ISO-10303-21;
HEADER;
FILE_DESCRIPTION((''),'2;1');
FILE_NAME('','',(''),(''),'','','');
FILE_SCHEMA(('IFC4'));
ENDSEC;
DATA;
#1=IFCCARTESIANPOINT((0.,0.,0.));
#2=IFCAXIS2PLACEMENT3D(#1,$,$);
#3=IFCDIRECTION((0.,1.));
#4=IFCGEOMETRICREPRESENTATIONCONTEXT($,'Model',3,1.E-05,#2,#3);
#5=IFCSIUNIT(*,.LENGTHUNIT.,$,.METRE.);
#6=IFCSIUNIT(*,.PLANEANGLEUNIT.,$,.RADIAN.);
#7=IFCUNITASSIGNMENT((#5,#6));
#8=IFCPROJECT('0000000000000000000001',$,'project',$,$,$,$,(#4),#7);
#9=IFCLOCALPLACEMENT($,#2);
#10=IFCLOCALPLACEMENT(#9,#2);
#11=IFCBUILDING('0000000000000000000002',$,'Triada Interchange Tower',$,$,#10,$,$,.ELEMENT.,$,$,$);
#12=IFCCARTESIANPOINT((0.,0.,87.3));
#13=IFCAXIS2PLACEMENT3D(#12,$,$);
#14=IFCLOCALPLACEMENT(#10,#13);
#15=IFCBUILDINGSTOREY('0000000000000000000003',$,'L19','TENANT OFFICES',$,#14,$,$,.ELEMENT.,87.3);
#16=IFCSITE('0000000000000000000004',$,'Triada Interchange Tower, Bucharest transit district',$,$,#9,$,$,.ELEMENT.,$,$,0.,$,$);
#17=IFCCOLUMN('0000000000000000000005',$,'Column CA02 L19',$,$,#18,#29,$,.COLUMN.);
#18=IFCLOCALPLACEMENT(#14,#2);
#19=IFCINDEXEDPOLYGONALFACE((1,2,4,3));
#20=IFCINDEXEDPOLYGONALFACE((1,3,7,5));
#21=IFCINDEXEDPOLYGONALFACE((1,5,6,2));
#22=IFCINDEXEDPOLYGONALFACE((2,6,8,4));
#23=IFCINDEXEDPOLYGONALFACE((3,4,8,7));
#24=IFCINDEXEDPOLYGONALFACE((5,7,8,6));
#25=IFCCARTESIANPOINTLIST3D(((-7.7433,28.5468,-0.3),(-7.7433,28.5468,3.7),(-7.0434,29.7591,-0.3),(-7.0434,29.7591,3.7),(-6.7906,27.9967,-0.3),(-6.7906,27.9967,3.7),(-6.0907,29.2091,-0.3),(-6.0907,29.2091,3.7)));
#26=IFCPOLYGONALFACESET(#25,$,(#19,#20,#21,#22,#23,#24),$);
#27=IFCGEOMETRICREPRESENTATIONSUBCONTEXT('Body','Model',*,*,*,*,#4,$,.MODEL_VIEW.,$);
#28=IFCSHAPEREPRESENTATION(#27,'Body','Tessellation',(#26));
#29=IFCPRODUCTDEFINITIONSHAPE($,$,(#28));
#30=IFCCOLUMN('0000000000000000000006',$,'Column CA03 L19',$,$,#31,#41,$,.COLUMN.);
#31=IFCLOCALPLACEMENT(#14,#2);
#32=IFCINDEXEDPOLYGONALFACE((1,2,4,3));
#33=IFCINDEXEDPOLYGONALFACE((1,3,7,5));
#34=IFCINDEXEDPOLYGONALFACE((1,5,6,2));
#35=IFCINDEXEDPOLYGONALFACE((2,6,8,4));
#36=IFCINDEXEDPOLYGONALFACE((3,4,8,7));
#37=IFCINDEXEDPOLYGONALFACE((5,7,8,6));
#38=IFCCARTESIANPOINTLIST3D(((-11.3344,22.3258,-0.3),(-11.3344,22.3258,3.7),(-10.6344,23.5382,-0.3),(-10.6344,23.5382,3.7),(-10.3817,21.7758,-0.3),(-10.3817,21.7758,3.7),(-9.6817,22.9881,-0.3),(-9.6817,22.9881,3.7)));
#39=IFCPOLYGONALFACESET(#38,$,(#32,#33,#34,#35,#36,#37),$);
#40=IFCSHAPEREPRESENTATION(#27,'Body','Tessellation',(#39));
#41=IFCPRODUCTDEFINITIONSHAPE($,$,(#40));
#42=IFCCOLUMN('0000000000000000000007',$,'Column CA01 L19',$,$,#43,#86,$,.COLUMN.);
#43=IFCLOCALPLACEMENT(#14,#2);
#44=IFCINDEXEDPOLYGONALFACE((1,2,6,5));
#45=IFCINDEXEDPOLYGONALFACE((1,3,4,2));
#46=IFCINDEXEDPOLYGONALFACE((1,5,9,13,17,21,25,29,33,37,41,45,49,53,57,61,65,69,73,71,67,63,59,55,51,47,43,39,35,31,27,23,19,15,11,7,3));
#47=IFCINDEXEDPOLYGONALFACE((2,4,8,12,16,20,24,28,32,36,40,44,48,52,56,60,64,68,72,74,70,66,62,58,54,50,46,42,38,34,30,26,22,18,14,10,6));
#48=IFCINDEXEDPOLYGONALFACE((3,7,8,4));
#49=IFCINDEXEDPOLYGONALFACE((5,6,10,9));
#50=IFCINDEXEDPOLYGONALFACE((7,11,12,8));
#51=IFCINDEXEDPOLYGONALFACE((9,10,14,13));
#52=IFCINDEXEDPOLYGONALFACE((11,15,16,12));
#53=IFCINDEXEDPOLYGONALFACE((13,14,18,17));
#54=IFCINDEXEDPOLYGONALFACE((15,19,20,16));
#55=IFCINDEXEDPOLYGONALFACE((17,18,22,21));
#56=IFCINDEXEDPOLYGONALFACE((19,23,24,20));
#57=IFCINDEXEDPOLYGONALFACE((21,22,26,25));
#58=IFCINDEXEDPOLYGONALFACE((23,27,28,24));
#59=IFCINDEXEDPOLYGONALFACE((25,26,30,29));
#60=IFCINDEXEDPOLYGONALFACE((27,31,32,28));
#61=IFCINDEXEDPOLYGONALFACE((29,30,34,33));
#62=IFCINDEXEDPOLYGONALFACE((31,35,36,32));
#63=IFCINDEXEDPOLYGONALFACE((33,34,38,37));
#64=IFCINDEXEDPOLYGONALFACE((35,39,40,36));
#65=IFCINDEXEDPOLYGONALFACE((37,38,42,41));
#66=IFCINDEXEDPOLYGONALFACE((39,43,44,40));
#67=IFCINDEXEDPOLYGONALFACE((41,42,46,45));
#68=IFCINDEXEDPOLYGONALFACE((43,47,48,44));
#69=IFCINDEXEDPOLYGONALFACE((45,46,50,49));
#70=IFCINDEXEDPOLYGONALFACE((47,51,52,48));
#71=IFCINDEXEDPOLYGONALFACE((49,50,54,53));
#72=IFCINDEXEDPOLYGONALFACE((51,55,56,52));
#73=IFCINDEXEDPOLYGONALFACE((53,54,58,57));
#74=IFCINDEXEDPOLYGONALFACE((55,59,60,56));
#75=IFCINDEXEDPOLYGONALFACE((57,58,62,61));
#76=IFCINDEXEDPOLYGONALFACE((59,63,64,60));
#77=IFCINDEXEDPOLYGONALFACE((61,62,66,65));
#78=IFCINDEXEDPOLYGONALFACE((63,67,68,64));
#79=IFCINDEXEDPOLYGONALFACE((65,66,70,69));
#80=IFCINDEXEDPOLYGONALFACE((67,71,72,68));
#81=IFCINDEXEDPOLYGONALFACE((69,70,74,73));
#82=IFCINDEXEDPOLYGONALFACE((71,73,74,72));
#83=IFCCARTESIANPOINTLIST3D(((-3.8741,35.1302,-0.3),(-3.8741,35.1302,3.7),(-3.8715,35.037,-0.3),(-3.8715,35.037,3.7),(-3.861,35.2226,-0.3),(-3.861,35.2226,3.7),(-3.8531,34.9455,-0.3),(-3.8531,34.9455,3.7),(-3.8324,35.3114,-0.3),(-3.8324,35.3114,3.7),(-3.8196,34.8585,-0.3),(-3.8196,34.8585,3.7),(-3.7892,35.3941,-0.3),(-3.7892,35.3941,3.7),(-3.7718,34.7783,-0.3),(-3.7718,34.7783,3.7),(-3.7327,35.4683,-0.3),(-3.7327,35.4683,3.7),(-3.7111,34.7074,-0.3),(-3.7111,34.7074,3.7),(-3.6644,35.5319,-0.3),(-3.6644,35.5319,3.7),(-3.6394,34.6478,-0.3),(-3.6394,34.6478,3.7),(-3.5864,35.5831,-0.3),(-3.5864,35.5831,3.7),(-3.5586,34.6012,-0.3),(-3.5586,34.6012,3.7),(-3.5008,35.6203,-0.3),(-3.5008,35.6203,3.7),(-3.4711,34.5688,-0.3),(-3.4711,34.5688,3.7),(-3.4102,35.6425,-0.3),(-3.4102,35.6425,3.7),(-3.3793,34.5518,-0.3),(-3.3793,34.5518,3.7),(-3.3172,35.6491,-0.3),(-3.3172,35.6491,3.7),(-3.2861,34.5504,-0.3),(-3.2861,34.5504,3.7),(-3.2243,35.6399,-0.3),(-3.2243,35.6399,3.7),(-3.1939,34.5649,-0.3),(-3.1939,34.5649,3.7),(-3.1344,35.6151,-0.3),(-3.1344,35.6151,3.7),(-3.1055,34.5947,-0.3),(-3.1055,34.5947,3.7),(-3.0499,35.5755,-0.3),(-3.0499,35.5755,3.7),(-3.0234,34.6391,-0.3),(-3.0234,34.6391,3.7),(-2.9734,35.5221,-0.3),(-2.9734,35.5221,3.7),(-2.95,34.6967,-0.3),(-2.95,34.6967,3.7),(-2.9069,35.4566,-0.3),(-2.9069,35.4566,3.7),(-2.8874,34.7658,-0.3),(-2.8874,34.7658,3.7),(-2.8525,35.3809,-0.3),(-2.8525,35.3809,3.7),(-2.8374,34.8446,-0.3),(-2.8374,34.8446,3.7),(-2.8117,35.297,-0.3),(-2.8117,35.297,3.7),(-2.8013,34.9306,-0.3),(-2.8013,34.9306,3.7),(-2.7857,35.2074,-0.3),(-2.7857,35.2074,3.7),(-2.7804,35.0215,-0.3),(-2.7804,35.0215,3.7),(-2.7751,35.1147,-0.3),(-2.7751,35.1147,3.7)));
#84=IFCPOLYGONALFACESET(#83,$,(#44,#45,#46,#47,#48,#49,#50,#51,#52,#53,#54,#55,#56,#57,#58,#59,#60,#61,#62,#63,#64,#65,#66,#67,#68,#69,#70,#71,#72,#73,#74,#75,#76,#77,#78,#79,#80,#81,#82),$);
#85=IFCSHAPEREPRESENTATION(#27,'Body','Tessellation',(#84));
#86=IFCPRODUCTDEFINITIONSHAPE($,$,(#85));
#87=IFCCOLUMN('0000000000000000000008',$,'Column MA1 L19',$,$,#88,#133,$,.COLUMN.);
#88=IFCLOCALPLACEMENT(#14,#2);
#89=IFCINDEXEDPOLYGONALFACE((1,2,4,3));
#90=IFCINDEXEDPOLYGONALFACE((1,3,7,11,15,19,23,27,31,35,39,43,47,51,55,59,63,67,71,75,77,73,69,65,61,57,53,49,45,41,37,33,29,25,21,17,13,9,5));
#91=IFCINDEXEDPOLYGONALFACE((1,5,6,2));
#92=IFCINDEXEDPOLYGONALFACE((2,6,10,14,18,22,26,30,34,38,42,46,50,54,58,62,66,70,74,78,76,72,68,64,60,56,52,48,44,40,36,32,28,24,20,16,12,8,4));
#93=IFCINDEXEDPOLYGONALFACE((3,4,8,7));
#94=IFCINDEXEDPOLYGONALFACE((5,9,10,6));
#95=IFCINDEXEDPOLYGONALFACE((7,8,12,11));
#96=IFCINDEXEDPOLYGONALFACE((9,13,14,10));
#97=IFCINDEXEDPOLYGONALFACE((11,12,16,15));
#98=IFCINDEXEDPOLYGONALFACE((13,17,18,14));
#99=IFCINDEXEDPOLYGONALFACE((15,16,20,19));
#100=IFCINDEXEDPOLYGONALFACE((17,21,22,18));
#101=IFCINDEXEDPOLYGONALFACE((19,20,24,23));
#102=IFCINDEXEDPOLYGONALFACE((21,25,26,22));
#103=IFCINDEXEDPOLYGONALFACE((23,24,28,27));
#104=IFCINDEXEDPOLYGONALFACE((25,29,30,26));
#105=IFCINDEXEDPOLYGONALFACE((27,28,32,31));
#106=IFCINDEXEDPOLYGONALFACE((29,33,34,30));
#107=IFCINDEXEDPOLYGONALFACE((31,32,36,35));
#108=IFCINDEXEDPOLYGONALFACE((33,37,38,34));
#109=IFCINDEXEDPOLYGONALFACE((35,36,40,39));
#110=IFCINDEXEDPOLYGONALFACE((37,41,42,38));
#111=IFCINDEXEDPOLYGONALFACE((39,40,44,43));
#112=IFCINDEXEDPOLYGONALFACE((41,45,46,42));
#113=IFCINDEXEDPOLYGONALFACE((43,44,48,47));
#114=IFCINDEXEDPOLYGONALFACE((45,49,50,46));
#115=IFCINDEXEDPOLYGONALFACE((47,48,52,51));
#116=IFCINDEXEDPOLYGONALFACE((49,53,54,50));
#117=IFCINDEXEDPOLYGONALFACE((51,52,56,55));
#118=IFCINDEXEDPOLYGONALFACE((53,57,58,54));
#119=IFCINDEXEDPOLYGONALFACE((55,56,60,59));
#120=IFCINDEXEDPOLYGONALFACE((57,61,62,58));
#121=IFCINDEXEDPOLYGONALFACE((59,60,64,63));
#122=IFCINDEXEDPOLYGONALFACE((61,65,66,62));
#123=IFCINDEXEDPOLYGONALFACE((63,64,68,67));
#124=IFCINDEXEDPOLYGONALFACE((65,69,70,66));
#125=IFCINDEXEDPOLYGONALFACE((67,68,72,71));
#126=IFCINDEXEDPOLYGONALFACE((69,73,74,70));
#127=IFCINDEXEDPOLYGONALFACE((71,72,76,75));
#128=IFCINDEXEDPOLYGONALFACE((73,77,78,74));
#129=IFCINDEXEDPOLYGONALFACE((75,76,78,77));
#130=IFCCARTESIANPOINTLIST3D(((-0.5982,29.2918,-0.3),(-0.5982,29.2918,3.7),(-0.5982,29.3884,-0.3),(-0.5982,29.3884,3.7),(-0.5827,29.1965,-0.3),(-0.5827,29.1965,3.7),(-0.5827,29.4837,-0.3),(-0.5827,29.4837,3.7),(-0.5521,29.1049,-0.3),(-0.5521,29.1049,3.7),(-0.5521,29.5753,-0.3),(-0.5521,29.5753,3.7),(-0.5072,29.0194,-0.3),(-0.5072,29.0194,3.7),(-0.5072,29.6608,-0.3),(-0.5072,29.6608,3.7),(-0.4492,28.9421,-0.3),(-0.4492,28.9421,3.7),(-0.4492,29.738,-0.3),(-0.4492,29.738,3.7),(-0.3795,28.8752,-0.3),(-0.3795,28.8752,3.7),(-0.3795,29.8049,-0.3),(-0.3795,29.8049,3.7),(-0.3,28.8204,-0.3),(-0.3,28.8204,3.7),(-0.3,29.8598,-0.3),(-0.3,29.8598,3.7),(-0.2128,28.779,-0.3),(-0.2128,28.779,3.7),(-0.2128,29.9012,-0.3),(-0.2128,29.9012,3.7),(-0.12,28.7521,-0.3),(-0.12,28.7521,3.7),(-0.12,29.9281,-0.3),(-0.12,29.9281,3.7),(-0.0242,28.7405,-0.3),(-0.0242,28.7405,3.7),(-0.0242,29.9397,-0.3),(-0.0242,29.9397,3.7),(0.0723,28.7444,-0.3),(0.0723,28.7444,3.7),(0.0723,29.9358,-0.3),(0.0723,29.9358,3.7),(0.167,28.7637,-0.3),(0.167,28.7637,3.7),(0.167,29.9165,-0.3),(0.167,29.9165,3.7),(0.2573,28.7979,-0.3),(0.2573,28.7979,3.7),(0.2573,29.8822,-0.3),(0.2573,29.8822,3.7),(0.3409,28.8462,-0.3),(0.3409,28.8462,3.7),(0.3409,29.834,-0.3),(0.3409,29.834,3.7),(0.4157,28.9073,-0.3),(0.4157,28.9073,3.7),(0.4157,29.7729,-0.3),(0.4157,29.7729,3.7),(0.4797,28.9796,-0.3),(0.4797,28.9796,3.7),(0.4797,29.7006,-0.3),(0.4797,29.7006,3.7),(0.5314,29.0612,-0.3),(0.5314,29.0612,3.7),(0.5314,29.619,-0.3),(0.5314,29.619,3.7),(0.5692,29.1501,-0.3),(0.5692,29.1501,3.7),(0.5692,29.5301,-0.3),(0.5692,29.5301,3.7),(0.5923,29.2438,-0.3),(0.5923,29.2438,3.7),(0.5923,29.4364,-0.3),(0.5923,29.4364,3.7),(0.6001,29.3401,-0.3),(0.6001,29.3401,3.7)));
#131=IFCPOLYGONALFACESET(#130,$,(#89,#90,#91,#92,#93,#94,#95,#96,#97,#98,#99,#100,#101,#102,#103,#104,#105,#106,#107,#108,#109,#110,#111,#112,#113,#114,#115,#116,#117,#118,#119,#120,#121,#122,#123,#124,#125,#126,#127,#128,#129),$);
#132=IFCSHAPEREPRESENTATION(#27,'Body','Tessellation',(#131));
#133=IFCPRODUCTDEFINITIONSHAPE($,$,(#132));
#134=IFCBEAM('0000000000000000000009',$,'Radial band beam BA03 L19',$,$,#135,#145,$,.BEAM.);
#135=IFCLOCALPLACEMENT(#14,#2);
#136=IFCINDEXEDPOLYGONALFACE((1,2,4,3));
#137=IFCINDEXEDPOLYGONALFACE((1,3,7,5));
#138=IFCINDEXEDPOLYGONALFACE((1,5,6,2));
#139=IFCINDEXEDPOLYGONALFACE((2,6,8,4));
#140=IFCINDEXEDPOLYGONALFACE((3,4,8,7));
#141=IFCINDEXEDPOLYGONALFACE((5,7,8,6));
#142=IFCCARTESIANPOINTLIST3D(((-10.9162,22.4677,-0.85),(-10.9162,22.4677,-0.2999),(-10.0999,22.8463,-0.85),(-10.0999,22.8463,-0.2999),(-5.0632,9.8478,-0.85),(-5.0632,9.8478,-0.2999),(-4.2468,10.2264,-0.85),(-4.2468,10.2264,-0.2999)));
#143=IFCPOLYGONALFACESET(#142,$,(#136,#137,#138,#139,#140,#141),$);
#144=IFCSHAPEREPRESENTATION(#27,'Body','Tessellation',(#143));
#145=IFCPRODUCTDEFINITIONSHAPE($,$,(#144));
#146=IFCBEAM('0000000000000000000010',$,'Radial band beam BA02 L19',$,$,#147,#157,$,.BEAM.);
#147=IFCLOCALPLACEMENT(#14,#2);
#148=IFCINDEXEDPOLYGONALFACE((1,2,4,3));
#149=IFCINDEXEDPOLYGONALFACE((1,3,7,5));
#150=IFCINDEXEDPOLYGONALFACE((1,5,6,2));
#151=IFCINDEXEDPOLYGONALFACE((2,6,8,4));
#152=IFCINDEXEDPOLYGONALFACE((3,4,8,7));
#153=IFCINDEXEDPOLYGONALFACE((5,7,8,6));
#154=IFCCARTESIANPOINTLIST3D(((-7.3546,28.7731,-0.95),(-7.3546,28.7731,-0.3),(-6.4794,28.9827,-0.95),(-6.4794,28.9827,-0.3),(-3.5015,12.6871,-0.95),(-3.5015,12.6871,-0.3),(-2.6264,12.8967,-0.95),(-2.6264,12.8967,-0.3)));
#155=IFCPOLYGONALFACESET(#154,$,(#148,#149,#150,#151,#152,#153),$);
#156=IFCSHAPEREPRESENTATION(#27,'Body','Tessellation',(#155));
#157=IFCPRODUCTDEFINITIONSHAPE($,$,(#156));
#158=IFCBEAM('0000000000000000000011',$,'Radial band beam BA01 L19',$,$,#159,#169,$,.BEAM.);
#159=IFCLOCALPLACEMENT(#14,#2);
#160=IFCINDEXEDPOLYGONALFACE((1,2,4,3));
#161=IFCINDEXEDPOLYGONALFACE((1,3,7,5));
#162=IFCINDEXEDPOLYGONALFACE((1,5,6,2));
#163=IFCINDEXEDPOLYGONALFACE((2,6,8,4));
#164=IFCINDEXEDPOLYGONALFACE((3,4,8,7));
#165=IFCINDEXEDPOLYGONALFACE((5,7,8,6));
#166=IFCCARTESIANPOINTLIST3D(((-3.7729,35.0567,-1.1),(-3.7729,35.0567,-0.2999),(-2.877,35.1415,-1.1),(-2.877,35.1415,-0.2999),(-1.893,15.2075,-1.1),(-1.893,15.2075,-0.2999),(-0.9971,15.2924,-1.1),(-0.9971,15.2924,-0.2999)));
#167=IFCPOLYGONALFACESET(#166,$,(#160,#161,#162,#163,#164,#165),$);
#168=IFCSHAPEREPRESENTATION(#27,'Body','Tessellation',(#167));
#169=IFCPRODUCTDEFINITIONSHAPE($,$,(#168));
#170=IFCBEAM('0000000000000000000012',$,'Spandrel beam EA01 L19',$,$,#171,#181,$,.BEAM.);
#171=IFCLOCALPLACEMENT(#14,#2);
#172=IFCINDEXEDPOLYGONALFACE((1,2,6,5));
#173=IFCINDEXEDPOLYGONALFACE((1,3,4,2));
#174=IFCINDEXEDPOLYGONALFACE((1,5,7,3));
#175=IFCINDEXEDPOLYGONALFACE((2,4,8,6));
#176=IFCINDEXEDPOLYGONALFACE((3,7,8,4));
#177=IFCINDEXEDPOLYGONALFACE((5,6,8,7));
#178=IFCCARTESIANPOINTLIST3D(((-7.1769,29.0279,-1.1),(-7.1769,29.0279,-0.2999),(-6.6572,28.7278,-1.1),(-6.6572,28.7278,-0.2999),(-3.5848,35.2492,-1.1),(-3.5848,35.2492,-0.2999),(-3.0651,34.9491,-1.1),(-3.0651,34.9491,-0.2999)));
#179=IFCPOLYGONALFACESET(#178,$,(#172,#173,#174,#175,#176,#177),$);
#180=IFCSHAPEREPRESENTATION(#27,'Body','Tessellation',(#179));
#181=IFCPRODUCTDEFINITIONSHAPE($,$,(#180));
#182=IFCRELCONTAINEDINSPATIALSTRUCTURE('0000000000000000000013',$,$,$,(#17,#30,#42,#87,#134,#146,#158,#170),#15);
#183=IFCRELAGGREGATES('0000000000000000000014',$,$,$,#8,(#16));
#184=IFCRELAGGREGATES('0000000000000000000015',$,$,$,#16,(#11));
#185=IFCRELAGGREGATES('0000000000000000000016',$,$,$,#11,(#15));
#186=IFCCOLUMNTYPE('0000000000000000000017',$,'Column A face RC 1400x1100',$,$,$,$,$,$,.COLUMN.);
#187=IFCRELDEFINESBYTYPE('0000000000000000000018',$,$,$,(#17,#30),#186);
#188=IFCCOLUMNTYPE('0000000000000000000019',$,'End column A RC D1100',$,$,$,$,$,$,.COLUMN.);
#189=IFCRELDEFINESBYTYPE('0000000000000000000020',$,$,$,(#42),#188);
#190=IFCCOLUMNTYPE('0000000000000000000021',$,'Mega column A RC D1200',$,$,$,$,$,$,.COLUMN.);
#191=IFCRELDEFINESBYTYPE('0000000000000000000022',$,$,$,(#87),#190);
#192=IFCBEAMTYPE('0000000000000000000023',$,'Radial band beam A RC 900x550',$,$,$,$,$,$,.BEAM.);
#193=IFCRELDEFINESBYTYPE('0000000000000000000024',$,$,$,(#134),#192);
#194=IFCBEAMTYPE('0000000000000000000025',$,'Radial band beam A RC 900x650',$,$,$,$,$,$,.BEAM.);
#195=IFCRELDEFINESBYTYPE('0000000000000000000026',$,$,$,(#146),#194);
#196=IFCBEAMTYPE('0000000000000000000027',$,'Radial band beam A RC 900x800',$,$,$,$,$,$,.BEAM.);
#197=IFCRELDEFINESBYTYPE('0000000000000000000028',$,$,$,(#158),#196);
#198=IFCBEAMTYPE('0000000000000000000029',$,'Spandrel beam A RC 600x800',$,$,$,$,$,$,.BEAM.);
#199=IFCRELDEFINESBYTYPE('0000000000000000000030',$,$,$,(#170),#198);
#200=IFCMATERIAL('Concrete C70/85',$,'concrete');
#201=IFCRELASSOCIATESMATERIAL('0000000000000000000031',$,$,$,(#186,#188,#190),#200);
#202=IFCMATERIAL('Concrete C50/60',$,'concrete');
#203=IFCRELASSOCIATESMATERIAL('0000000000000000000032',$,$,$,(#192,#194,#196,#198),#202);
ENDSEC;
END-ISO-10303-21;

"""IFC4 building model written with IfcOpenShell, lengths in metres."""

from ifc_helpers import new_model, si_unit, direction, frame, origin, origin_2d, place, context, subcontext, project, spatial, rectangle, circle, extrude, material, material_profile, profile_set, type_object, element, save


model = new_model("IFC4")

# Units and contexts
model_context = context("Model", 3, precision=1e-05, world=origin(), true_north=direction((0.0, 1.0)))
body_context = subcontext(model_context, "Body", "Model", "MODEL_VIEW")
ifc_project = project(units=[si_unit("LENGTHUNIT", "METRE"), si_unit("PLANEANGLEUNIT", "RADIAN")], contexts=[model_context])

# Site, building, storey
site_placement = place(None, origin())
site = spatial("IfcSite", under=ifc_project, at=site_placement, Name="Triada Interchange Tower, Bucharest transit district", CompositionType="ELEMENT", RefElevation=0.0)
building_placement = place(site_placement, origin())
building = spatial("IfcBuilding", under=site, at=building_placement, Name="Triada Interchange Tower", CompositionType="ELEMENT")
storey_placement = place(building_placement, frame((0.0, 0.0, 87.3)))
storey = spatial("IfcBuildingStorey", under=building, at=storey_placement, Name="L19", Description="TENANT OFFICES", CompositionType="ELEMENT", Elevation=87.3)

# Columns
ifc_material_1 = material(Name="Concrete C70/85", Category="concrete")
ifc_material_profile_1 = material_profile(ifc_material_1, rectangle(XDim=1.3999, YDim=1.1001, at=origin_2d()), Name="RC 1400x1100")
ifc_profile_set_1 = profile_set([ifc_material_profile_1], Name="Concrete C70/85")
column_type_1 = type_object("IfcColumnType", Name="Column A face RC 1400x1100", PredefinedType="COLUMN", material=ifc_profile_set_1)
for number, where, z_axis, x_axis, name in (
    (1, (-6.917, 28.8779, -0.3), (0.0, 0.0, 1.0), (0.5, 0.866025, 0.0), "Column CA02 L19"),
    (2, (-10.5081, 22.657, -0.3), (0.0, 0.0, 1.0), (0.5, 0.866025, 0.0), "Column CA03 L19"),
):
    element("IfcColumn", number, at=place(storey_placement, frame(where, z_axis=z_axis, x_axis=x_axis)), inside=storey, type_object=column_type_1, Name=name, PredefinedType="COLUMN", context=body_context, shape_type="SweptSolid", body=[
        extrude(rectangle(XDim=1.3999, YDim=1.1001, at=origin_2d()), origin(), (0.0, 0.0, 1.0), 4.0),
    ])
ifc_material_profile_2 = material_profile(ifc_material_1, circle(Radius=0.55, at=origin_2d()), Name="RC D1100")
ifc_profile_set_2 = profile_set([ifc_material_profile_2], Name="Concrete C70/85")
column_type_2 = type_object("IfcColumnType", Name="End column A RC D1100", PredefinedType="COLUMN", material=ifc_profile_set_2)
column_1_placement = place(storey_placement, frame((-3.325, 35.0991, -0.3), z_axis=(0.0, 0.0, 1.0), x_axis=(0.5, 0.866025, 0.0)))
element("IfcColumn", 3, at=column_1_placement, inside=storey, type_object=column_type_2, Name="Column CA01 L19", PredefinedType="COLUMN", context=body_context, shape_type="SweptSolid", body=[
    extrude(circle(Radius=0.55, at=origin_2d()), origin(), (0.0, 0.0, 1.0), 4.0),
])
ifc_material_profile_3 = material_profile(ifc_material_1, circle(Radius=0.6001, at=origin_2d()), Name="RC D1200")
ifc_profile_set_3 = profile_set([ifc_material_profile_3], Name="Concrete C70/85")
column_type_3 = type_object("IfcColumnType", Name="Mega column A RC D1200", PredefinedType="COLUMN", material=ifc_profile_set_3)
column_2_placement = place(storey_placement, frame((0.0, 29.3401, -0.3), z_axis=(0.0, 0.0, 1.0), x_axis=(1.0, 0.0, 0.0)))
element("IfcColumn", 4, at=column_2_placement, inside=storey, type_object=column_type_3, Name="Column MA1 L19", PredefinedType="COLUMN", context=body_context, shape_type="SweptSolid", body=[
    extrude(circle(Radius=0.6001, at=origin_2d()), origin(), (0.0, 0.0, 1.0), 4.0),
])

# Beams
ifc_material_2 = material(Name="Concrete C50/60", Category="concrete")
ifc_material_profile_4 = material_profile(ifc_material_2, rectangle(XDim=0.8999, YDim=0.55, at=origin_2d()), Name="RC 900x550")
ifc_profile_set_4 = profile_set([ifc_material_profile_4], Name="Concrete C50/60")
beam_type_1 = type_object("IfcBeamType", Name="Radial band beam A RC 900x550", PredefinedType="BEAM", material=ifc_profile_set_4)
beam_1_placement = place(storey_placement, frame((-10.5081, 22.657, -0.575), z_axis=(0.420745, -0.907179, 0.0), x_axis=(0.907179, 0.420745, 0.0)))
element("IfcBeam", 5, at=beam_1_placement, inside=storey, type_object=beam_type_1, Name="Radial band beam BA03 L19", PredefinedType="BEAM", context=body_context, shape_type="SweptSolid", body=[
    extrude(rectangle(XDim=0.8999, YDim=0.55, at=origin_2d()), origin(), (0.0, 0.0, 1.0), 13.9111),
])
ifc_material_profile_5 = material_profile(ifc_material_2, rectangle(XDim=0.8999, YDim=0.6499, at=origin_2d()), Name="RC 900x650")
ifc_profile_set_5 = profile_set([ifc_material_profile_5], Name="Concrete C50/60")
beam_type_2 = type_object("IfcBeamType", Name="Radial band beam A RC 900x650", PredefinedType="BEAM", material=ifc_profile_set_5)
beam_2_placement = place(storey_placement, frame((-6.917, 28.8779, -0.625), z_axis=(0.232939, -0.972491, 0.0), x_axis=(0.972491, 0.232939, 0.0)))
element("IfcBeam", 6, at=beam_2_placement, inside=storey, type_object=beam_type_2, Name="Radial band beam BA02 L19", PredefinedType="BEAM", context=body_context, shape_type="SweptSolid", body=[
    extrude(rectangle(XDim=0.8999, YDim=0.6499, at=origin_2d()), origin(), (0.0, 0.0, 1.0), 16.541),
])
ifc_material_profile_6 = material_profile(ifc_material_2, rectangle(XDim=0.8999, YDim=0.8, at=origin_2d()), Name="RC 900x800")
ifc_profile_set_6 = profile_set([ifc_material_profile_6], Name="Concrete C50/60")
beam_type_3 = type_object("IfcBeamType", Name="Radial band beam A RC 900x800", PredefinedType="BEAM", material=ifc_profile_set_6)
beam_3_placement = place(storey_placement, frame((-3.325, 35.0991, -0.7), z_axis=(0.094287, -0.995545, 0.0), x_axis=(0.995545, 0.094287, 0.0)))
element("IfcBeam", 7, at=beam_3_placement, inside=storey, type_object=beam_type_3, Name="Radial band beam BA01 L19", PredefinedType="BEAM", context=body_context, shape_type="SweptSolid", body=[
    extrude(rectangle(XDim=0.8999, YDim=0.8, at=origin_2d()), origin(), (0.0, 0.0, 1.0), 19.938),
])
ifc_material_profile_7 = material_profile(ifc_material_2, rectangle(XDim=0.6001, YDim=0.8, at=origin_2d()), Name="RC 600x800")
ifc_profile_set_7 = profile_set([ifc_material_profile_7], Name="Concrete C50/60")
beam_type_4 = type_object("IfcBeamType", Name="Spandrel beam A RC 600x800", PredefinedType="BEAM", material=ifc_profile_set_7)
beam_4_placement = place(storey_placement, frame((-3.325, 35.0991, -0.7), z_axis=(-0.500024, -0.866011, 0.0), x_axis=(0.866011, -0.500024, 0.0)))
element("IfcBeam", 8, at=beam_4_placement, inside=storey, type_object=beam_type_4, Name="Spandrel beam EA01 L19", PredefinedType="BEAM", context=body_context, shape_type="SweptSolid", body=[
    extrude(rectangle(XDim=0.6001, YDim=0.8, at=origin_2d()), origin(), (0.0, 0.0, 1.0), 7.1838),
])

save(model, "model.ifc")
